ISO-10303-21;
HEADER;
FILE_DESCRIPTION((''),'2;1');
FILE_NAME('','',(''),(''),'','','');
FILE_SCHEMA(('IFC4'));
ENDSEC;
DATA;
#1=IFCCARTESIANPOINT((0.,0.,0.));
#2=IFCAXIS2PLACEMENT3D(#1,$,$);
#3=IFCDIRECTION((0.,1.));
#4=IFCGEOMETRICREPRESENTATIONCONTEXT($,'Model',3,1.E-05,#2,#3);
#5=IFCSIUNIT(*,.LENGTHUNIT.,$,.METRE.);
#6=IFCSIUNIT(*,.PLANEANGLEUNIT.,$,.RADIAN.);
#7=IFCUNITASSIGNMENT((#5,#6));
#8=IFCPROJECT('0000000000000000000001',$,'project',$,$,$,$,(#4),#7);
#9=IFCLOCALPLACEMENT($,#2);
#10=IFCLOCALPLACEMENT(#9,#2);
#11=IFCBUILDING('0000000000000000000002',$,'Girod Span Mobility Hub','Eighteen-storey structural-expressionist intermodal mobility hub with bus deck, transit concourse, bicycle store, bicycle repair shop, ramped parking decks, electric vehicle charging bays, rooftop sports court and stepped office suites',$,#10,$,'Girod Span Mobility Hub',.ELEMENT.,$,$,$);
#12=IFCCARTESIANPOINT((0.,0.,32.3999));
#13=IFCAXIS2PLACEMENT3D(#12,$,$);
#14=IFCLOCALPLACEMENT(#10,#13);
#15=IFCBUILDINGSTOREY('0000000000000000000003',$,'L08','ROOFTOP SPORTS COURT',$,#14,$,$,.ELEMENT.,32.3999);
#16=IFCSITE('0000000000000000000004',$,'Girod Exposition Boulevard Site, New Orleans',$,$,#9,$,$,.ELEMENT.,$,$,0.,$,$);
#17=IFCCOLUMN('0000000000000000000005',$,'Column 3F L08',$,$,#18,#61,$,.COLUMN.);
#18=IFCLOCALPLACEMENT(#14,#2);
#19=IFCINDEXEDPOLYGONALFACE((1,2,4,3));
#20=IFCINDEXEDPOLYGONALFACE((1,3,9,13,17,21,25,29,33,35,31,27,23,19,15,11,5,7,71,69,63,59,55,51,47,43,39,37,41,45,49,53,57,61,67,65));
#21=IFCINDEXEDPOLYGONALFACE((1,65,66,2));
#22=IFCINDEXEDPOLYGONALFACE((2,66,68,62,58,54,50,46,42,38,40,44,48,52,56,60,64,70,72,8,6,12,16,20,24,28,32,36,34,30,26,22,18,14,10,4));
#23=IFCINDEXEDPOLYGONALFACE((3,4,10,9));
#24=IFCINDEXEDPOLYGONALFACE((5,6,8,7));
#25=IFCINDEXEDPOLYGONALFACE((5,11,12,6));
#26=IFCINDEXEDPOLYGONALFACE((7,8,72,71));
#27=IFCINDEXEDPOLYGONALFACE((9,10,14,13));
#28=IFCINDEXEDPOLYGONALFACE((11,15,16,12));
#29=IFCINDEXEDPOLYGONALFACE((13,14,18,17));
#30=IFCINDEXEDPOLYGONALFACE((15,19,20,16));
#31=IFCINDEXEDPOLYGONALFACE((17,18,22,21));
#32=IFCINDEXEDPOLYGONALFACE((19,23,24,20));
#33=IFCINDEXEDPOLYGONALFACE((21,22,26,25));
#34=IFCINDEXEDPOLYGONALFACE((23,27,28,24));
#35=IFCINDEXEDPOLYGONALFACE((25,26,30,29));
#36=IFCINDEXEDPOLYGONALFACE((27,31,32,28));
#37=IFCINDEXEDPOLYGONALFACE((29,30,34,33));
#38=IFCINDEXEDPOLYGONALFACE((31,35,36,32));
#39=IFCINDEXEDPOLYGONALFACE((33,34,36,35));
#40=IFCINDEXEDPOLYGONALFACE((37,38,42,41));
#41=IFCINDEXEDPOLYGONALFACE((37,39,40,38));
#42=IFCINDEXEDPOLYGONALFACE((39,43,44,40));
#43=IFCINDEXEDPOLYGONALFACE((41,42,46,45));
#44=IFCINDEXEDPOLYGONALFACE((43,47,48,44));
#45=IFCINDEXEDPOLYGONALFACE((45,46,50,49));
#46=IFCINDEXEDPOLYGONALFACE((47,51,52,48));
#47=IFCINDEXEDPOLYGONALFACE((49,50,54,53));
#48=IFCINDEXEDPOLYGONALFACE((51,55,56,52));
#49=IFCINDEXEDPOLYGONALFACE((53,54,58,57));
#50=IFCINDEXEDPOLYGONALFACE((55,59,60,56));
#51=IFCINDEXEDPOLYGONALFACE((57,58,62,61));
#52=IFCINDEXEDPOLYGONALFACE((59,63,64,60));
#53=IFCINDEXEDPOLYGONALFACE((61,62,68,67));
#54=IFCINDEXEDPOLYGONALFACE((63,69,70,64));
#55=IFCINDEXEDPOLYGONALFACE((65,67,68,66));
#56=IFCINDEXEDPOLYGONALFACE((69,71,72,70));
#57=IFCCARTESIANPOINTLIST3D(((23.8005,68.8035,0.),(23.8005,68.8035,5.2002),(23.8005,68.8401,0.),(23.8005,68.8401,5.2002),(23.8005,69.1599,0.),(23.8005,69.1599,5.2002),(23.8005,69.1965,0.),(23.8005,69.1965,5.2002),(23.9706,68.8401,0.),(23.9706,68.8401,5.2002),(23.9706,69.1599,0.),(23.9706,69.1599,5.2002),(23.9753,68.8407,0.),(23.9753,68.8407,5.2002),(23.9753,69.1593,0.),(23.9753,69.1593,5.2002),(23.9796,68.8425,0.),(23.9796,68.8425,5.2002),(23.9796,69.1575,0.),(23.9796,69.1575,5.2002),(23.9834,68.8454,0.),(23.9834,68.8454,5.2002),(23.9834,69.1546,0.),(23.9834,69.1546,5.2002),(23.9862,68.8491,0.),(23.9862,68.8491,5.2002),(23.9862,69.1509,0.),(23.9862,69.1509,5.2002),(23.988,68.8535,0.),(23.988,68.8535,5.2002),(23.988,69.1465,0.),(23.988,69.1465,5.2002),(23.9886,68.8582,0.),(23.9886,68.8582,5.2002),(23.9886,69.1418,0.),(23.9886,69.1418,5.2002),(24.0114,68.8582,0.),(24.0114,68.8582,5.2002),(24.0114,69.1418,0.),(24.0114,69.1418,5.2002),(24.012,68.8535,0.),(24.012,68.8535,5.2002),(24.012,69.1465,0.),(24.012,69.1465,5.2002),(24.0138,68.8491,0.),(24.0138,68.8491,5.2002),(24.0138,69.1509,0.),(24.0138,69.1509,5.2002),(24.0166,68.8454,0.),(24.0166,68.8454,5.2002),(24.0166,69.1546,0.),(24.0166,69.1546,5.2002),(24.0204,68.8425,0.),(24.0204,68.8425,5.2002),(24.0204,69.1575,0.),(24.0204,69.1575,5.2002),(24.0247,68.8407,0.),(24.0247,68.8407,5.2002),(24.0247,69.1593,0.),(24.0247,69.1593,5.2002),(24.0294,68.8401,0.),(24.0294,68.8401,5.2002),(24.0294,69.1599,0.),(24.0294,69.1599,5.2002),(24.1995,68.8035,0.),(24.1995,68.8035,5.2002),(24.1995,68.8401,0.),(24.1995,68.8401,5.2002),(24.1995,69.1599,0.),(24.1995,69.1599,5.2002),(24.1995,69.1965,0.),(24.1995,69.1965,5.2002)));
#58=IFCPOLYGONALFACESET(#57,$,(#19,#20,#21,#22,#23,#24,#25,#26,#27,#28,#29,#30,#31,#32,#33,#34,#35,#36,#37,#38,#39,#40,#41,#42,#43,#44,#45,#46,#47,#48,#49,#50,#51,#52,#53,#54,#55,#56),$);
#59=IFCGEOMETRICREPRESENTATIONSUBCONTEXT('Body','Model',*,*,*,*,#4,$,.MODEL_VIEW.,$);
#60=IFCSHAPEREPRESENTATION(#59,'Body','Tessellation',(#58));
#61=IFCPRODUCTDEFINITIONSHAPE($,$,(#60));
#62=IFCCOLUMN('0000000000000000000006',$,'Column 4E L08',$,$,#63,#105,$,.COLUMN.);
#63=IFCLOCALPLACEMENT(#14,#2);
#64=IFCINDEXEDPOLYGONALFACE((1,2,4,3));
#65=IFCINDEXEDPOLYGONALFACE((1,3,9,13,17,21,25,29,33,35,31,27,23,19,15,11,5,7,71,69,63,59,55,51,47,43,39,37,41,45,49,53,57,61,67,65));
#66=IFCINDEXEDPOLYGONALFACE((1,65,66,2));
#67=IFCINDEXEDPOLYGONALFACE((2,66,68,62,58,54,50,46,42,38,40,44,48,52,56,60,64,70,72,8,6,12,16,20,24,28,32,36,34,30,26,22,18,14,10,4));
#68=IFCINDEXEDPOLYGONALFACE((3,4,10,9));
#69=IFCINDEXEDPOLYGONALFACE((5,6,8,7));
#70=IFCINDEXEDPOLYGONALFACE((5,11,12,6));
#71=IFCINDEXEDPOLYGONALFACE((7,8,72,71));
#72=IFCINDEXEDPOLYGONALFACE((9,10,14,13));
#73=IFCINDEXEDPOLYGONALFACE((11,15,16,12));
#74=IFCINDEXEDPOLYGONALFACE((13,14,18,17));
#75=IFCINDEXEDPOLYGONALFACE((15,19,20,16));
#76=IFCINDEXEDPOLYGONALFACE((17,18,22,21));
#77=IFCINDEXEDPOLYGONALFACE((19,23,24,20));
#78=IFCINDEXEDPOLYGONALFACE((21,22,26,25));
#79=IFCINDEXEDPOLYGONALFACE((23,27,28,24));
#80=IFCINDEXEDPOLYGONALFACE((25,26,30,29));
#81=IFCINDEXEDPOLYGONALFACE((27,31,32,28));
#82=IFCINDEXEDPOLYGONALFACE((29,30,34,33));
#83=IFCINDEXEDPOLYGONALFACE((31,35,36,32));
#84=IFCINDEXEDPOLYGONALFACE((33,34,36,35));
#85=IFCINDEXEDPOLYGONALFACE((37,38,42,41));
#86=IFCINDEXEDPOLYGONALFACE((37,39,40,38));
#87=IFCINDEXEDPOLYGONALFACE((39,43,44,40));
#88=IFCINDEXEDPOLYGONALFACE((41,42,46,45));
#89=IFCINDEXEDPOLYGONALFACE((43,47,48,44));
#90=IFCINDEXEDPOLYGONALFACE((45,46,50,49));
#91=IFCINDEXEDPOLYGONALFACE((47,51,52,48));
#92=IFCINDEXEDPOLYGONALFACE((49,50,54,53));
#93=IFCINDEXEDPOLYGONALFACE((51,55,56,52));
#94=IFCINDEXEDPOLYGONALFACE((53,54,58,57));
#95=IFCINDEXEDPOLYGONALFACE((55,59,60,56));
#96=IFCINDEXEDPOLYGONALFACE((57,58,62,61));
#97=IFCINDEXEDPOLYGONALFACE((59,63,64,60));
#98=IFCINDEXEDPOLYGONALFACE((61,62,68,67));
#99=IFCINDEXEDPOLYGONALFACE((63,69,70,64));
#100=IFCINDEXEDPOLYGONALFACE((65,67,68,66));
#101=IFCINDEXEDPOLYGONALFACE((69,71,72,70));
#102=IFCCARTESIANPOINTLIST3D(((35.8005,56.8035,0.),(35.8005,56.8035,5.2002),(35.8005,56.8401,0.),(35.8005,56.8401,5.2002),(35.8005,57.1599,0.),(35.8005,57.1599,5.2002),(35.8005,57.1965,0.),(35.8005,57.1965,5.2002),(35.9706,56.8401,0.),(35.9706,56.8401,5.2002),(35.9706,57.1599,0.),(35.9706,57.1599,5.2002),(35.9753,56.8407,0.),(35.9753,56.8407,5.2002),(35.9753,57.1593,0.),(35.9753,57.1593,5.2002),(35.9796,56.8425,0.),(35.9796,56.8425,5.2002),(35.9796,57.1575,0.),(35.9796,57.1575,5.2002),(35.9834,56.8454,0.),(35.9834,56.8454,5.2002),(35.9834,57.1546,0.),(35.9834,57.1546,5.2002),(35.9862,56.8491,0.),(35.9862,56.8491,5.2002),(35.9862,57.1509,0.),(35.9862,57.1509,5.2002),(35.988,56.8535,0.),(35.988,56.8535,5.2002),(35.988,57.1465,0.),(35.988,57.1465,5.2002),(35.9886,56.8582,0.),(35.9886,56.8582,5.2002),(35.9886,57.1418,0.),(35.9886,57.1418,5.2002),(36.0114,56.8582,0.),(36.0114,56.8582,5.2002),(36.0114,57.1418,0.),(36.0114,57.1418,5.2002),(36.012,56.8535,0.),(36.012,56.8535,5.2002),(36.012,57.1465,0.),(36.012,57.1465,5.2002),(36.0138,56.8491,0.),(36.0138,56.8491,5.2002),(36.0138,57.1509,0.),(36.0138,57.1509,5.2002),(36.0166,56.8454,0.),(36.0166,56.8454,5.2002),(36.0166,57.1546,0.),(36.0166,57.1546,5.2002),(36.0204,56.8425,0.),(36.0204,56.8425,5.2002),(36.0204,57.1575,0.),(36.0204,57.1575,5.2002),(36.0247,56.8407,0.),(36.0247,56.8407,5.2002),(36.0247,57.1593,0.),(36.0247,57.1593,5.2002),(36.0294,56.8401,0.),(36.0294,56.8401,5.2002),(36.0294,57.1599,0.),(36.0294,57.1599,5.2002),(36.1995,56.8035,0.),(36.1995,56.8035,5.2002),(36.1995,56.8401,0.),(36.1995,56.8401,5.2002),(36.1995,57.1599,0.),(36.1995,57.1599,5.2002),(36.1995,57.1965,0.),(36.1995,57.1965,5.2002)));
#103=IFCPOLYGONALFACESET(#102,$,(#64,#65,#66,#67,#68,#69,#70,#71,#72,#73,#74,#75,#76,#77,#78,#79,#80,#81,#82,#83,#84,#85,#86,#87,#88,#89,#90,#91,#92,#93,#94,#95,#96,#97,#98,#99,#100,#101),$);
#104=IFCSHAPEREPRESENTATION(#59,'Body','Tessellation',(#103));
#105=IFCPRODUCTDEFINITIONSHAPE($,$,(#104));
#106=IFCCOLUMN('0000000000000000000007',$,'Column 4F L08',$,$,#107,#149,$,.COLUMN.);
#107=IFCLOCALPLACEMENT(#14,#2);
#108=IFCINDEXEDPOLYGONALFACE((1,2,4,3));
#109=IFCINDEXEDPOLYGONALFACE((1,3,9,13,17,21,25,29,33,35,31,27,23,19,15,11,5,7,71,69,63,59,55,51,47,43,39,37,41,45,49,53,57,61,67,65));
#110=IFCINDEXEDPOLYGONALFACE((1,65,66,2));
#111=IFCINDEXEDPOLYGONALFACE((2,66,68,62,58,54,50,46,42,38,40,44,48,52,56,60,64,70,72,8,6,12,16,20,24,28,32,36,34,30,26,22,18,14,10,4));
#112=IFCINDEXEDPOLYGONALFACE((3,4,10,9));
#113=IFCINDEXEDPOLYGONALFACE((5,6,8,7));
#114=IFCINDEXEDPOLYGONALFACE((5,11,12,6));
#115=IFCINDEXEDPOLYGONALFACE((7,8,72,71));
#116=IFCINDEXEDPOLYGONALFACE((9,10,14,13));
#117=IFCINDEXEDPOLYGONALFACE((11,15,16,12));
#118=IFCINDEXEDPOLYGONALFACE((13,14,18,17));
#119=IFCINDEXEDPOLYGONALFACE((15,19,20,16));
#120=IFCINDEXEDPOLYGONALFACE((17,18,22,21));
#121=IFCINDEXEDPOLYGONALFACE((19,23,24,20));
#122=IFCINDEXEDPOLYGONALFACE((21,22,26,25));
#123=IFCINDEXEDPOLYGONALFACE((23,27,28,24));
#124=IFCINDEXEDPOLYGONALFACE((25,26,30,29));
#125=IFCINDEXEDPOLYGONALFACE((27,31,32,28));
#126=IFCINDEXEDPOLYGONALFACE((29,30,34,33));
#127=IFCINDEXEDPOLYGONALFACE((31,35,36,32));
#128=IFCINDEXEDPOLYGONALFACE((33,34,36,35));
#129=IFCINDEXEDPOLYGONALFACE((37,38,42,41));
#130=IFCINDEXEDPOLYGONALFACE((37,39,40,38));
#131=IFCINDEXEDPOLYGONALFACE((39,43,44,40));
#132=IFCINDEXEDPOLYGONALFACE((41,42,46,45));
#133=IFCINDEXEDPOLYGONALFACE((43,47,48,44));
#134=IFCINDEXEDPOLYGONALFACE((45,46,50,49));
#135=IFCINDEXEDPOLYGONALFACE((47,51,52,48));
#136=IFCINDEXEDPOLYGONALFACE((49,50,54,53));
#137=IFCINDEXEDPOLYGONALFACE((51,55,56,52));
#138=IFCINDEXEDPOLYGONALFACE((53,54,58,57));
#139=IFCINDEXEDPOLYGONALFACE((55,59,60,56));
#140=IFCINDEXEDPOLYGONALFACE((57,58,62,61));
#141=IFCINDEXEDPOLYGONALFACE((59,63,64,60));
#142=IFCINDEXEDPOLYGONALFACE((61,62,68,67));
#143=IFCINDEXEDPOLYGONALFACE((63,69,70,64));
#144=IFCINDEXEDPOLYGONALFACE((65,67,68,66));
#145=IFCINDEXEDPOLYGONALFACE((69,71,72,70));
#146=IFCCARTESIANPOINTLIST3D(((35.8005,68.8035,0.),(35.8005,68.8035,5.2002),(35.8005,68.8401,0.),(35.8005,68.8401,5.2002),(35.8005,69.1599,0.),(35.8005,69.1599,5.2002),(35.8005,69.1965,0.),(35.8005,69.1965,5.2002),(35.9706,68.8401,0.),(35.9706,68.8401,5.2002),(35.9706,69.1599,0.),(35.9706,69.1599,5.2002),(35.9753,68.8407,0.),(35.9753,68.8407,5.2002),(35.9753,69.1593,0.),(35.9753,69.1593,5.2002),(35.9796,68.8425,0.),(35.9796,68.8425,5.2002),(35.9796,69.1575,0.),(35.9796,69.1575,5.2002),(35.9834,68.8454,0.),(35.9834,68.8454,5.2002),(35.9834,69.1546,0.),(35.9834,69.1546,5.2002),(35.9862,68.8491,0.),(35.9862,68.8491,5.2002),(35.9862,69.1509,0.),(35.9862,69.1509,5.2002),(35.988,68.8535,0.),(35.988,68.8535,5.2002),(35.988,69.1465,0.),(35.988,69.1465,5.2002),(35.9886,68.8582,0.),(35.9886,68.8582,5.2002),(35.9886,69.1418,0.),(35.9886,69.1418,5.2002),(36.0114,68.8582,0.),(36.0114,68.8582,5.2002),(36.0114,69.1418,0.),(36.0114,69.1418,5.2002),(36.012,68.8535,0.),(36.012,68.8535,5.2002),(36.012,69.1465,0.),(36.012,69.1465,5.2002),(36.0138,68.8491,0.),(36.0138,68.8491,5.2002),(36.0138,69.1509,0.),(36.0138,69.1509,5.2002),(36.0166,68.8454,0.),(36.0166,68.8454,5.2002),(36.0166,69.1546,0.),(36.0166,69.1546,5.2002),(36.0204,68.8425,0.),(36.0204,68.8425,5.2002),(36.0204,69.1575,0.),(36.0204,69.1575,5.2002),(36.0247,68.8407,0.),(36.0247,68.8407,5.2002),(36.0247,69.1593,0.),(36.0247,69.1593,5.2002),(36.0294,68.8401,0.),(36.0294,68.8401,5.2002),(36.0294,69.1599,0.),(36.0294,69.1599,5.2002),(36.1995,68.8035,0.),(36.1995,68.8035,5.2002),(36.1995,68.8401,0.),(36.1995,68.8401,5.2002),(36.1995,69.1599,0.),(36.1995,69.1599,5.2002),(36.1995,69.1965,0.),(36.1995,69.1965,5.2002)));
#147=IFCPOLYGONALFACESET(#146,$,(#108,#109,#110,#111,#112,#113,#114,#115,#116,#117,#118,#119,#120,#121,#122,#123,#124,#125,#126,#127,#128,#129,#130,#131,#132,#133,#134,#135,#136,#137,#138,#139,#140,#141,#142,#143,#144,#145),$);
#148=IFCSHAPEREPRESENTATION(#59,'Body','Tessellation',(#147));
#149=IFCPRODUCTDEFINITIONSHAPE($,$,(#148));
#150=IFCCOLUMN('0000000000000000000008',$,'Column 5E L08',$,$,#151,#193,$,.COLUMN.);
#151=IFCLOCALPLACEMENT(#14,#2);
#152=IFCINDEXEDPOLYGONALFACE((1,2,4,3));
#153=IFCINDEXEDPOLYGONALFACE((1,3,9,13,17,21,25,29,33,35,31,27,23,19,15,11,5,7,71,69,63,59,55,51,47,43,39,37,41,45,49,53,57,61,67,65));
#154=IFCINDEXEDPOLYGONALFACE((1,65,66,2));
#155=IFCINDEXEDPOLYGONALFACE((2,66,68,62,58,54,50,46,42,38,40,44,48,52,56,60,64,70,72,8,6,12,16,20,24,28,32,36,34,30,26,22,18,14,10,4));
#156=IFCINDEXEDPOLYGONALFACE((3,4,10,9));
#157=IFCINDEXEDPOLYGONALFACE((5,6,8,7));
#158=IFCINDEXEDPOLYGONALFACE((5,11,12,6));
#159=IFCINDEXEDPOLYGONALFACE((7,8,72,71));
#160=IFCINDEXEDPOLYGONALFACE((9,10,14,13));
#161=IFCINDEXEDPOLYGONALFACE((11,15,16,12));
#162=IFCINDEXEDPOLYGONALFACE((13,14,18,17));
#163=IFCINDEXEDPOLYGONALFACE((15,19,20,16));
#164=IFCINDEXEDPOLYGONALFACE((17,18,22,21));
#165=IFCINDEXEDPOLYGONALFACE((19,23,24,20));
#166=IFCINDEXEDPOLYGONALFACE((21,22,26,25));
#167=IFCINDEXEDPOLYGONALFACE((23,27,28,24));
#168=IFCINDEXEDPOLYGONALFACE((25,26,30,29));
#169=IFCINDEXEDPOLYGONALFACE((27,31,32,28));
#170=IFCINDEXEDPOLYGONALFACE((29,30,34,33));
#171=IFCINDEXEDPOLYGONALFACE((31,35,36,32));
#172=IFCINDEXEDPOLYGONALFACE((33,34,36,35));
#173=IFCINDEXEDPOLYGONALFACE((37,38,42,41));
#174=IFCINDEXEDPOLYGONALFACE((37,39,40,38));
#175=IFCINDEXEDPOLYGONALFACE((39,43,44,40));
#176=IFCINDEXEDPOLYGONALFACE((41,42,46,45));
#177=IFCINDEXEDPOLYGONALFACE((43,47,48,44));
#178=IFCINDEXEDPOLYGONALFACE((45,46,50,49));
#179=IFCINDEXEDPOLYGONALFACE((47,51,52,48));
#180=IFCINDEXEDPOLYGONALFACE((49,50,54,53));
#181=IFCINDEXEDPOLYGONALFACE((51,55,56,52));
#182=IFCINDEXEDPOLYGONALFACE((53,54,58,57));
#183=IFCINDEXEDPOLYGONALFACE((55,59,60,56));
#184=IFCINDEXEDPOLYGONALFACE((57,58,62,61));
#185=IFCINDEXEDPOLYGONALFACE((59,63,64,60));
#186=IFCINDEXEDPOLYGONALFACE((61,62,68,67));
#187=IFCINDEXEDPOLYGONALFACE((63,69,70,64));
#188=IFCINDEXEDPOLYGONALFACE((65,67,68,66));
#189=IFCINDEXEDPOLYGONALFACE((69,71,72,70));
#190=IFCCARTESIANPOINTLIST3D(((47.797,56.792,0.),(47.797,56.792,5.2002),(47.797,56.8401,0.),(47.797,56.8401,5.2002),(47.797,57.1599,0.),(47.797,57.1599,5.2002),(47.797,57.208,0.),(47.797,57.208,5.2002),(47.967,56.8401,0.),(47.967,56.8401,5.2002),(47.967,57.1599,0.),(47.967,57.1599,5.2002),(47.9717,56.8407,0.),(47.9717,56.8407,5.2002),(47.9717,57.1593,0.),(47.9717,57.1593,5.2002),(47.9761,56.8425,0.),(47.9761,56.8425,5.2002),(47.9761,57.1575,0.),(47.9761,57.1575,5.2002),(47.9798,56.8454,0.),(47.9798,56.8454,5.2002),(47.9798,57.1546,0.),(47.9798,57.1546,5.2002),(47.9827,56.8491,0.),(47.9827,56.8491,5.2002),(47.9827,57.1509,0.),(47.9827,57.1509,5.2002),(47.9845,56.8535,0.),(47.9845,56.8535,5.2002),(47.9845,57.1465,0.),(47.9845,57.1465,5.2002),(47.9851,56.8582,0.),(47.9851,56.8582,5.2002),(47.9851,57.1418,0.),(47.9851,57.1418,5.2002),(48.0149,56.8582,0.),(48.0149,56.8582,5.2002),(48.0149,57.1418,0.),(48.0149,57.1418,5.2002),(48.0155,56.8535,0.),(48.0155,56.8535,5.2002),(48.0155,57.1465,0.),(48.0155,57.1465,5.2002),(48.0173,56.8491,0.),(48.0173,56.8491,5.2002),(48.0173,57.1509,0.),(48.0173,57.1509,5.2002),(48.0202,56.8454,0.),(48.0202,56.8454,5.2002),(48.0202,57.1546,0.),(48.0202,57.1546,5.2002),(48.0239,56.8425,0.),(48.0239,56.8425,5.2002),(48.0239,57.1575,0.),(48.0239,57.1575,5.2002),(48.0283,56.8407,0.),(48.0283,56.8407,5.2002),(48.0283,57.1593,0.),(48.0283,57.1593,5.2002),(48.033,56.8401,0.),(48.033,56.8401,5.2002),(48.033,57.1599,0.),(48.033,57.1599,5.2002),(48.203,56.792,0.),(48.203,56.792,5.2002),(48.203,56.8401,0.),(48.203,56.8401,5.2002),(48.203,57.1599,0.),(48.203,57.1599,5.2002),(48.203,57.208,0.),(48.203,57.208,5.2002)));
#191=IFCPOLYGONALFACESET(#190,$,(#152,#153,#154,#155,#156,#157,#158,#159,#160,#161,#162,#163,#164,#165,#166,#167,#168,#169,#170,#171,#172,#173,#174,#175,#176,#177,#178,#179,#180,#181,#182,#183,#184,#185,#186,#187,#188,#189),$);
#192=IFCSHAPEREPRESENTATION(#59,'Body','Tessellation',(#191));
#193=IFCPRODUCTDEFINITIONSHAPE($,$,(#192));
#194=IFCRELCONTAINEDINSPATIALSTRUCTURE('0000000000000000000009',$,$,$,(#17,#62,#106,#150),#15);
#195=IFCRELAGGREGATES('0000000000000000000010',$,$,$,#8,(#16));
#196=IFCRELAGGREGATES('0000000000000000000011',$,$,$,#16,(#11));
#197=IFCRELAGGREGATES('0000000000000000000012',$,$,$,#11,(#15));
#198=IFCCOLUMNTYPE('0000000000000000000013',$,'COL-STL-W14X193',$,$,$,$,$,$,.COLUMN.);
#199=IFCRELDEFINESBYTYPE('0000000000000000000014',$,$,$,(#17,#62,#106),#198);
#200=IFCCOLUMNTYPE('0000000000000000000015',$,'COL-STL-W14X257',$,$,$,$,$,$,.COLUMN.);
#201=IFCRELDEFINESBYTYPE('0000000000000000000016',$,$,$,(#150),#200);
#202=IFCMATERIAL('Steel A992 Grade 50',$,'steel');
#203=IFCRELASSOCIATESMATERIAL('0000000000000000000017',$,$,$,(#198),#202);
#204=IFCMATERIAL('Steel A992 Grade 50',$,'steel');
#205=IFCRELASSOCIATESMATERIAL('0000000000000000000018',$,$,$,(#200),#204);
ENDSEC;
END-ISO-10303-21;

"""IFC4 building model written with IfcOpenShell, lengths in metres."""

from ifc_helpers import new_model, si_unit, direction, frame, origin, origin_2d, place, context, subcontext, project, spatial, i_section, extrude, material, material_profile, profile_set, type_object, element, save


model = new_model("IFC4")

# Units and contexts
model_context = context("Model", 3, precision=1e-05, world=origin(), true_north=direction((0.0, 1.0)))
body_context = subcontext(model_context, "Body", "Model", "MODEL_VIEW")
ifc_project = project(units=[si_unit("LENGTHUNIT", "METRE"), si_unit("PLANEANGLEUNIT", "RADIAN")], contexts=[model_context])

# Site, building, storey
site_placement = place(None, origin())
site = spatial("IfcSite", under=ifc_project, at=site_placement, Name="Girod Exposition Boulevard Site, New Orleans", CompositionType="ELEMENT", RefElevation=0.0)
building_placement = place(site_placement, origin())
building = spatial("IfcBuilding", under=site, at=building_placement, Name="Girod Span Mobility Hub", Description="Eighteen-storey structural-expressionist intermodal mobility hub with bus deck, transit concourse, bicycle store, bicycle repair shop, ramped parking decks, electric vehicle charging bays, rooftop sports court and stepped office suites", LongName="Girod Span Mobility Hub", CompositionType="ELEMENT")
storey_placement = place(building_placement, frame((0.0, 0.0, 32.3999)))
storey = spatial("IfcBuildingStorey", under=building, at=storey_placement, Name="L08", Description="ROOFTOP SPORTS COURT", CompositionType="ELEMENT", Elevation=32.3999)

# Columns
ifc_material_1 = material(Name="Steel A992 Grade 50", Category="steel")
ifc_material_profile_1 = material_profile(ifc_material_1, i_section(OverallWidth=0.3989, OverallDepth=0.3931, WebThickness=0.0227, FlangeThickness=0.0366, FilletRadius=0.0181, at=origin_2d()), Name="W14X193")
ifc_profile_set_1 = profile_set([ifc_material_profile_1], Name="Steel A992 Grade 50")
column_type_1 = type_object("IfcColumnType", Name="COL-STL-W14X193", PredefinedType="COLUMN", material=ifc_profile_set_1)
for number, where, z_axis, x_axis, name in (
    (1, (24.0, 69.0, 0.0), (0.0, 0.0, 1.0), (1.0, 0.0, 0.0), "Column 3F L08"),
    (2, (36.0, 57.0, 0.0), (0.0, 0.0, 1.0), (1.0, 0.0, 0.0), "Column 4E L08"),
    (3, (36.0, 69.0, 0.0), (0.0, 0.0, 1.0), (1.0, 0.0, 0.0), "Column 4F L08"),
):
    element("IfcColumn", number, at=place(storey_placement, frame(where, z_axis=z_axis, x_axis=x_axis)), inside=storey, type_object=column_type_1, Name=name, PredefinedType="COLUMN", context=body_context, shape_type="SweptSolid", body=[
        extrude(i_section(OverallWidth=0.3989, OverallDepth=0.3931, WebThickness=0.0227, FlangeThickness=0.0366, FilletRadius=0.0181, at=origin_2d()), origin(), (0.0, 0.0, 1.0), 5.2002),
    ])
ifc_material_2 = material(Name="Steel A992 Grade 50", Category="steel")
ifc_material_profile_2 = material_profile(ifc_material_2, i_section(OverallWidth=0.406, OverallDepth=0.416, WebThickness=0.0298, FlangeThickness=0.0481, FilletRadius=0.0181, at=origin_2d()), Name="W14X257")
ifc_profile_set_2 = profile_set([ifc_material_profile_2], Name="Steel A992 Grade 50")
column_type_2 = type_object("IfcColumnType", Name="COL-STL-W14X257", PredefinedType="COLUMN", material=ifc_profile_set_2)
column_placement = place(storey_placement, frame((48.0, 57.0, 0.0), z_axis=(0.0, 0.0, 1.0), x_axis=(1.0, 0.0, 0.0)))
element("IfcColumn", 4, at=column_placement, inside=storey, type_object=column_type_2, Name="Column 5E L08", PredefinedType="COLUMN", context=body_context, shape_type="SweptSolid", body=[
    extrude(i_section(OverallWidth=0.406, OverallDepth=0.416, WebThickness=0.0298, FlangeThickness=0.0481, FilletRadius=0.0181, at=origin_2d()), origin(), (0.0, 0.0, 1.0), 5.2002),
])

save(model, "model.ifc")
